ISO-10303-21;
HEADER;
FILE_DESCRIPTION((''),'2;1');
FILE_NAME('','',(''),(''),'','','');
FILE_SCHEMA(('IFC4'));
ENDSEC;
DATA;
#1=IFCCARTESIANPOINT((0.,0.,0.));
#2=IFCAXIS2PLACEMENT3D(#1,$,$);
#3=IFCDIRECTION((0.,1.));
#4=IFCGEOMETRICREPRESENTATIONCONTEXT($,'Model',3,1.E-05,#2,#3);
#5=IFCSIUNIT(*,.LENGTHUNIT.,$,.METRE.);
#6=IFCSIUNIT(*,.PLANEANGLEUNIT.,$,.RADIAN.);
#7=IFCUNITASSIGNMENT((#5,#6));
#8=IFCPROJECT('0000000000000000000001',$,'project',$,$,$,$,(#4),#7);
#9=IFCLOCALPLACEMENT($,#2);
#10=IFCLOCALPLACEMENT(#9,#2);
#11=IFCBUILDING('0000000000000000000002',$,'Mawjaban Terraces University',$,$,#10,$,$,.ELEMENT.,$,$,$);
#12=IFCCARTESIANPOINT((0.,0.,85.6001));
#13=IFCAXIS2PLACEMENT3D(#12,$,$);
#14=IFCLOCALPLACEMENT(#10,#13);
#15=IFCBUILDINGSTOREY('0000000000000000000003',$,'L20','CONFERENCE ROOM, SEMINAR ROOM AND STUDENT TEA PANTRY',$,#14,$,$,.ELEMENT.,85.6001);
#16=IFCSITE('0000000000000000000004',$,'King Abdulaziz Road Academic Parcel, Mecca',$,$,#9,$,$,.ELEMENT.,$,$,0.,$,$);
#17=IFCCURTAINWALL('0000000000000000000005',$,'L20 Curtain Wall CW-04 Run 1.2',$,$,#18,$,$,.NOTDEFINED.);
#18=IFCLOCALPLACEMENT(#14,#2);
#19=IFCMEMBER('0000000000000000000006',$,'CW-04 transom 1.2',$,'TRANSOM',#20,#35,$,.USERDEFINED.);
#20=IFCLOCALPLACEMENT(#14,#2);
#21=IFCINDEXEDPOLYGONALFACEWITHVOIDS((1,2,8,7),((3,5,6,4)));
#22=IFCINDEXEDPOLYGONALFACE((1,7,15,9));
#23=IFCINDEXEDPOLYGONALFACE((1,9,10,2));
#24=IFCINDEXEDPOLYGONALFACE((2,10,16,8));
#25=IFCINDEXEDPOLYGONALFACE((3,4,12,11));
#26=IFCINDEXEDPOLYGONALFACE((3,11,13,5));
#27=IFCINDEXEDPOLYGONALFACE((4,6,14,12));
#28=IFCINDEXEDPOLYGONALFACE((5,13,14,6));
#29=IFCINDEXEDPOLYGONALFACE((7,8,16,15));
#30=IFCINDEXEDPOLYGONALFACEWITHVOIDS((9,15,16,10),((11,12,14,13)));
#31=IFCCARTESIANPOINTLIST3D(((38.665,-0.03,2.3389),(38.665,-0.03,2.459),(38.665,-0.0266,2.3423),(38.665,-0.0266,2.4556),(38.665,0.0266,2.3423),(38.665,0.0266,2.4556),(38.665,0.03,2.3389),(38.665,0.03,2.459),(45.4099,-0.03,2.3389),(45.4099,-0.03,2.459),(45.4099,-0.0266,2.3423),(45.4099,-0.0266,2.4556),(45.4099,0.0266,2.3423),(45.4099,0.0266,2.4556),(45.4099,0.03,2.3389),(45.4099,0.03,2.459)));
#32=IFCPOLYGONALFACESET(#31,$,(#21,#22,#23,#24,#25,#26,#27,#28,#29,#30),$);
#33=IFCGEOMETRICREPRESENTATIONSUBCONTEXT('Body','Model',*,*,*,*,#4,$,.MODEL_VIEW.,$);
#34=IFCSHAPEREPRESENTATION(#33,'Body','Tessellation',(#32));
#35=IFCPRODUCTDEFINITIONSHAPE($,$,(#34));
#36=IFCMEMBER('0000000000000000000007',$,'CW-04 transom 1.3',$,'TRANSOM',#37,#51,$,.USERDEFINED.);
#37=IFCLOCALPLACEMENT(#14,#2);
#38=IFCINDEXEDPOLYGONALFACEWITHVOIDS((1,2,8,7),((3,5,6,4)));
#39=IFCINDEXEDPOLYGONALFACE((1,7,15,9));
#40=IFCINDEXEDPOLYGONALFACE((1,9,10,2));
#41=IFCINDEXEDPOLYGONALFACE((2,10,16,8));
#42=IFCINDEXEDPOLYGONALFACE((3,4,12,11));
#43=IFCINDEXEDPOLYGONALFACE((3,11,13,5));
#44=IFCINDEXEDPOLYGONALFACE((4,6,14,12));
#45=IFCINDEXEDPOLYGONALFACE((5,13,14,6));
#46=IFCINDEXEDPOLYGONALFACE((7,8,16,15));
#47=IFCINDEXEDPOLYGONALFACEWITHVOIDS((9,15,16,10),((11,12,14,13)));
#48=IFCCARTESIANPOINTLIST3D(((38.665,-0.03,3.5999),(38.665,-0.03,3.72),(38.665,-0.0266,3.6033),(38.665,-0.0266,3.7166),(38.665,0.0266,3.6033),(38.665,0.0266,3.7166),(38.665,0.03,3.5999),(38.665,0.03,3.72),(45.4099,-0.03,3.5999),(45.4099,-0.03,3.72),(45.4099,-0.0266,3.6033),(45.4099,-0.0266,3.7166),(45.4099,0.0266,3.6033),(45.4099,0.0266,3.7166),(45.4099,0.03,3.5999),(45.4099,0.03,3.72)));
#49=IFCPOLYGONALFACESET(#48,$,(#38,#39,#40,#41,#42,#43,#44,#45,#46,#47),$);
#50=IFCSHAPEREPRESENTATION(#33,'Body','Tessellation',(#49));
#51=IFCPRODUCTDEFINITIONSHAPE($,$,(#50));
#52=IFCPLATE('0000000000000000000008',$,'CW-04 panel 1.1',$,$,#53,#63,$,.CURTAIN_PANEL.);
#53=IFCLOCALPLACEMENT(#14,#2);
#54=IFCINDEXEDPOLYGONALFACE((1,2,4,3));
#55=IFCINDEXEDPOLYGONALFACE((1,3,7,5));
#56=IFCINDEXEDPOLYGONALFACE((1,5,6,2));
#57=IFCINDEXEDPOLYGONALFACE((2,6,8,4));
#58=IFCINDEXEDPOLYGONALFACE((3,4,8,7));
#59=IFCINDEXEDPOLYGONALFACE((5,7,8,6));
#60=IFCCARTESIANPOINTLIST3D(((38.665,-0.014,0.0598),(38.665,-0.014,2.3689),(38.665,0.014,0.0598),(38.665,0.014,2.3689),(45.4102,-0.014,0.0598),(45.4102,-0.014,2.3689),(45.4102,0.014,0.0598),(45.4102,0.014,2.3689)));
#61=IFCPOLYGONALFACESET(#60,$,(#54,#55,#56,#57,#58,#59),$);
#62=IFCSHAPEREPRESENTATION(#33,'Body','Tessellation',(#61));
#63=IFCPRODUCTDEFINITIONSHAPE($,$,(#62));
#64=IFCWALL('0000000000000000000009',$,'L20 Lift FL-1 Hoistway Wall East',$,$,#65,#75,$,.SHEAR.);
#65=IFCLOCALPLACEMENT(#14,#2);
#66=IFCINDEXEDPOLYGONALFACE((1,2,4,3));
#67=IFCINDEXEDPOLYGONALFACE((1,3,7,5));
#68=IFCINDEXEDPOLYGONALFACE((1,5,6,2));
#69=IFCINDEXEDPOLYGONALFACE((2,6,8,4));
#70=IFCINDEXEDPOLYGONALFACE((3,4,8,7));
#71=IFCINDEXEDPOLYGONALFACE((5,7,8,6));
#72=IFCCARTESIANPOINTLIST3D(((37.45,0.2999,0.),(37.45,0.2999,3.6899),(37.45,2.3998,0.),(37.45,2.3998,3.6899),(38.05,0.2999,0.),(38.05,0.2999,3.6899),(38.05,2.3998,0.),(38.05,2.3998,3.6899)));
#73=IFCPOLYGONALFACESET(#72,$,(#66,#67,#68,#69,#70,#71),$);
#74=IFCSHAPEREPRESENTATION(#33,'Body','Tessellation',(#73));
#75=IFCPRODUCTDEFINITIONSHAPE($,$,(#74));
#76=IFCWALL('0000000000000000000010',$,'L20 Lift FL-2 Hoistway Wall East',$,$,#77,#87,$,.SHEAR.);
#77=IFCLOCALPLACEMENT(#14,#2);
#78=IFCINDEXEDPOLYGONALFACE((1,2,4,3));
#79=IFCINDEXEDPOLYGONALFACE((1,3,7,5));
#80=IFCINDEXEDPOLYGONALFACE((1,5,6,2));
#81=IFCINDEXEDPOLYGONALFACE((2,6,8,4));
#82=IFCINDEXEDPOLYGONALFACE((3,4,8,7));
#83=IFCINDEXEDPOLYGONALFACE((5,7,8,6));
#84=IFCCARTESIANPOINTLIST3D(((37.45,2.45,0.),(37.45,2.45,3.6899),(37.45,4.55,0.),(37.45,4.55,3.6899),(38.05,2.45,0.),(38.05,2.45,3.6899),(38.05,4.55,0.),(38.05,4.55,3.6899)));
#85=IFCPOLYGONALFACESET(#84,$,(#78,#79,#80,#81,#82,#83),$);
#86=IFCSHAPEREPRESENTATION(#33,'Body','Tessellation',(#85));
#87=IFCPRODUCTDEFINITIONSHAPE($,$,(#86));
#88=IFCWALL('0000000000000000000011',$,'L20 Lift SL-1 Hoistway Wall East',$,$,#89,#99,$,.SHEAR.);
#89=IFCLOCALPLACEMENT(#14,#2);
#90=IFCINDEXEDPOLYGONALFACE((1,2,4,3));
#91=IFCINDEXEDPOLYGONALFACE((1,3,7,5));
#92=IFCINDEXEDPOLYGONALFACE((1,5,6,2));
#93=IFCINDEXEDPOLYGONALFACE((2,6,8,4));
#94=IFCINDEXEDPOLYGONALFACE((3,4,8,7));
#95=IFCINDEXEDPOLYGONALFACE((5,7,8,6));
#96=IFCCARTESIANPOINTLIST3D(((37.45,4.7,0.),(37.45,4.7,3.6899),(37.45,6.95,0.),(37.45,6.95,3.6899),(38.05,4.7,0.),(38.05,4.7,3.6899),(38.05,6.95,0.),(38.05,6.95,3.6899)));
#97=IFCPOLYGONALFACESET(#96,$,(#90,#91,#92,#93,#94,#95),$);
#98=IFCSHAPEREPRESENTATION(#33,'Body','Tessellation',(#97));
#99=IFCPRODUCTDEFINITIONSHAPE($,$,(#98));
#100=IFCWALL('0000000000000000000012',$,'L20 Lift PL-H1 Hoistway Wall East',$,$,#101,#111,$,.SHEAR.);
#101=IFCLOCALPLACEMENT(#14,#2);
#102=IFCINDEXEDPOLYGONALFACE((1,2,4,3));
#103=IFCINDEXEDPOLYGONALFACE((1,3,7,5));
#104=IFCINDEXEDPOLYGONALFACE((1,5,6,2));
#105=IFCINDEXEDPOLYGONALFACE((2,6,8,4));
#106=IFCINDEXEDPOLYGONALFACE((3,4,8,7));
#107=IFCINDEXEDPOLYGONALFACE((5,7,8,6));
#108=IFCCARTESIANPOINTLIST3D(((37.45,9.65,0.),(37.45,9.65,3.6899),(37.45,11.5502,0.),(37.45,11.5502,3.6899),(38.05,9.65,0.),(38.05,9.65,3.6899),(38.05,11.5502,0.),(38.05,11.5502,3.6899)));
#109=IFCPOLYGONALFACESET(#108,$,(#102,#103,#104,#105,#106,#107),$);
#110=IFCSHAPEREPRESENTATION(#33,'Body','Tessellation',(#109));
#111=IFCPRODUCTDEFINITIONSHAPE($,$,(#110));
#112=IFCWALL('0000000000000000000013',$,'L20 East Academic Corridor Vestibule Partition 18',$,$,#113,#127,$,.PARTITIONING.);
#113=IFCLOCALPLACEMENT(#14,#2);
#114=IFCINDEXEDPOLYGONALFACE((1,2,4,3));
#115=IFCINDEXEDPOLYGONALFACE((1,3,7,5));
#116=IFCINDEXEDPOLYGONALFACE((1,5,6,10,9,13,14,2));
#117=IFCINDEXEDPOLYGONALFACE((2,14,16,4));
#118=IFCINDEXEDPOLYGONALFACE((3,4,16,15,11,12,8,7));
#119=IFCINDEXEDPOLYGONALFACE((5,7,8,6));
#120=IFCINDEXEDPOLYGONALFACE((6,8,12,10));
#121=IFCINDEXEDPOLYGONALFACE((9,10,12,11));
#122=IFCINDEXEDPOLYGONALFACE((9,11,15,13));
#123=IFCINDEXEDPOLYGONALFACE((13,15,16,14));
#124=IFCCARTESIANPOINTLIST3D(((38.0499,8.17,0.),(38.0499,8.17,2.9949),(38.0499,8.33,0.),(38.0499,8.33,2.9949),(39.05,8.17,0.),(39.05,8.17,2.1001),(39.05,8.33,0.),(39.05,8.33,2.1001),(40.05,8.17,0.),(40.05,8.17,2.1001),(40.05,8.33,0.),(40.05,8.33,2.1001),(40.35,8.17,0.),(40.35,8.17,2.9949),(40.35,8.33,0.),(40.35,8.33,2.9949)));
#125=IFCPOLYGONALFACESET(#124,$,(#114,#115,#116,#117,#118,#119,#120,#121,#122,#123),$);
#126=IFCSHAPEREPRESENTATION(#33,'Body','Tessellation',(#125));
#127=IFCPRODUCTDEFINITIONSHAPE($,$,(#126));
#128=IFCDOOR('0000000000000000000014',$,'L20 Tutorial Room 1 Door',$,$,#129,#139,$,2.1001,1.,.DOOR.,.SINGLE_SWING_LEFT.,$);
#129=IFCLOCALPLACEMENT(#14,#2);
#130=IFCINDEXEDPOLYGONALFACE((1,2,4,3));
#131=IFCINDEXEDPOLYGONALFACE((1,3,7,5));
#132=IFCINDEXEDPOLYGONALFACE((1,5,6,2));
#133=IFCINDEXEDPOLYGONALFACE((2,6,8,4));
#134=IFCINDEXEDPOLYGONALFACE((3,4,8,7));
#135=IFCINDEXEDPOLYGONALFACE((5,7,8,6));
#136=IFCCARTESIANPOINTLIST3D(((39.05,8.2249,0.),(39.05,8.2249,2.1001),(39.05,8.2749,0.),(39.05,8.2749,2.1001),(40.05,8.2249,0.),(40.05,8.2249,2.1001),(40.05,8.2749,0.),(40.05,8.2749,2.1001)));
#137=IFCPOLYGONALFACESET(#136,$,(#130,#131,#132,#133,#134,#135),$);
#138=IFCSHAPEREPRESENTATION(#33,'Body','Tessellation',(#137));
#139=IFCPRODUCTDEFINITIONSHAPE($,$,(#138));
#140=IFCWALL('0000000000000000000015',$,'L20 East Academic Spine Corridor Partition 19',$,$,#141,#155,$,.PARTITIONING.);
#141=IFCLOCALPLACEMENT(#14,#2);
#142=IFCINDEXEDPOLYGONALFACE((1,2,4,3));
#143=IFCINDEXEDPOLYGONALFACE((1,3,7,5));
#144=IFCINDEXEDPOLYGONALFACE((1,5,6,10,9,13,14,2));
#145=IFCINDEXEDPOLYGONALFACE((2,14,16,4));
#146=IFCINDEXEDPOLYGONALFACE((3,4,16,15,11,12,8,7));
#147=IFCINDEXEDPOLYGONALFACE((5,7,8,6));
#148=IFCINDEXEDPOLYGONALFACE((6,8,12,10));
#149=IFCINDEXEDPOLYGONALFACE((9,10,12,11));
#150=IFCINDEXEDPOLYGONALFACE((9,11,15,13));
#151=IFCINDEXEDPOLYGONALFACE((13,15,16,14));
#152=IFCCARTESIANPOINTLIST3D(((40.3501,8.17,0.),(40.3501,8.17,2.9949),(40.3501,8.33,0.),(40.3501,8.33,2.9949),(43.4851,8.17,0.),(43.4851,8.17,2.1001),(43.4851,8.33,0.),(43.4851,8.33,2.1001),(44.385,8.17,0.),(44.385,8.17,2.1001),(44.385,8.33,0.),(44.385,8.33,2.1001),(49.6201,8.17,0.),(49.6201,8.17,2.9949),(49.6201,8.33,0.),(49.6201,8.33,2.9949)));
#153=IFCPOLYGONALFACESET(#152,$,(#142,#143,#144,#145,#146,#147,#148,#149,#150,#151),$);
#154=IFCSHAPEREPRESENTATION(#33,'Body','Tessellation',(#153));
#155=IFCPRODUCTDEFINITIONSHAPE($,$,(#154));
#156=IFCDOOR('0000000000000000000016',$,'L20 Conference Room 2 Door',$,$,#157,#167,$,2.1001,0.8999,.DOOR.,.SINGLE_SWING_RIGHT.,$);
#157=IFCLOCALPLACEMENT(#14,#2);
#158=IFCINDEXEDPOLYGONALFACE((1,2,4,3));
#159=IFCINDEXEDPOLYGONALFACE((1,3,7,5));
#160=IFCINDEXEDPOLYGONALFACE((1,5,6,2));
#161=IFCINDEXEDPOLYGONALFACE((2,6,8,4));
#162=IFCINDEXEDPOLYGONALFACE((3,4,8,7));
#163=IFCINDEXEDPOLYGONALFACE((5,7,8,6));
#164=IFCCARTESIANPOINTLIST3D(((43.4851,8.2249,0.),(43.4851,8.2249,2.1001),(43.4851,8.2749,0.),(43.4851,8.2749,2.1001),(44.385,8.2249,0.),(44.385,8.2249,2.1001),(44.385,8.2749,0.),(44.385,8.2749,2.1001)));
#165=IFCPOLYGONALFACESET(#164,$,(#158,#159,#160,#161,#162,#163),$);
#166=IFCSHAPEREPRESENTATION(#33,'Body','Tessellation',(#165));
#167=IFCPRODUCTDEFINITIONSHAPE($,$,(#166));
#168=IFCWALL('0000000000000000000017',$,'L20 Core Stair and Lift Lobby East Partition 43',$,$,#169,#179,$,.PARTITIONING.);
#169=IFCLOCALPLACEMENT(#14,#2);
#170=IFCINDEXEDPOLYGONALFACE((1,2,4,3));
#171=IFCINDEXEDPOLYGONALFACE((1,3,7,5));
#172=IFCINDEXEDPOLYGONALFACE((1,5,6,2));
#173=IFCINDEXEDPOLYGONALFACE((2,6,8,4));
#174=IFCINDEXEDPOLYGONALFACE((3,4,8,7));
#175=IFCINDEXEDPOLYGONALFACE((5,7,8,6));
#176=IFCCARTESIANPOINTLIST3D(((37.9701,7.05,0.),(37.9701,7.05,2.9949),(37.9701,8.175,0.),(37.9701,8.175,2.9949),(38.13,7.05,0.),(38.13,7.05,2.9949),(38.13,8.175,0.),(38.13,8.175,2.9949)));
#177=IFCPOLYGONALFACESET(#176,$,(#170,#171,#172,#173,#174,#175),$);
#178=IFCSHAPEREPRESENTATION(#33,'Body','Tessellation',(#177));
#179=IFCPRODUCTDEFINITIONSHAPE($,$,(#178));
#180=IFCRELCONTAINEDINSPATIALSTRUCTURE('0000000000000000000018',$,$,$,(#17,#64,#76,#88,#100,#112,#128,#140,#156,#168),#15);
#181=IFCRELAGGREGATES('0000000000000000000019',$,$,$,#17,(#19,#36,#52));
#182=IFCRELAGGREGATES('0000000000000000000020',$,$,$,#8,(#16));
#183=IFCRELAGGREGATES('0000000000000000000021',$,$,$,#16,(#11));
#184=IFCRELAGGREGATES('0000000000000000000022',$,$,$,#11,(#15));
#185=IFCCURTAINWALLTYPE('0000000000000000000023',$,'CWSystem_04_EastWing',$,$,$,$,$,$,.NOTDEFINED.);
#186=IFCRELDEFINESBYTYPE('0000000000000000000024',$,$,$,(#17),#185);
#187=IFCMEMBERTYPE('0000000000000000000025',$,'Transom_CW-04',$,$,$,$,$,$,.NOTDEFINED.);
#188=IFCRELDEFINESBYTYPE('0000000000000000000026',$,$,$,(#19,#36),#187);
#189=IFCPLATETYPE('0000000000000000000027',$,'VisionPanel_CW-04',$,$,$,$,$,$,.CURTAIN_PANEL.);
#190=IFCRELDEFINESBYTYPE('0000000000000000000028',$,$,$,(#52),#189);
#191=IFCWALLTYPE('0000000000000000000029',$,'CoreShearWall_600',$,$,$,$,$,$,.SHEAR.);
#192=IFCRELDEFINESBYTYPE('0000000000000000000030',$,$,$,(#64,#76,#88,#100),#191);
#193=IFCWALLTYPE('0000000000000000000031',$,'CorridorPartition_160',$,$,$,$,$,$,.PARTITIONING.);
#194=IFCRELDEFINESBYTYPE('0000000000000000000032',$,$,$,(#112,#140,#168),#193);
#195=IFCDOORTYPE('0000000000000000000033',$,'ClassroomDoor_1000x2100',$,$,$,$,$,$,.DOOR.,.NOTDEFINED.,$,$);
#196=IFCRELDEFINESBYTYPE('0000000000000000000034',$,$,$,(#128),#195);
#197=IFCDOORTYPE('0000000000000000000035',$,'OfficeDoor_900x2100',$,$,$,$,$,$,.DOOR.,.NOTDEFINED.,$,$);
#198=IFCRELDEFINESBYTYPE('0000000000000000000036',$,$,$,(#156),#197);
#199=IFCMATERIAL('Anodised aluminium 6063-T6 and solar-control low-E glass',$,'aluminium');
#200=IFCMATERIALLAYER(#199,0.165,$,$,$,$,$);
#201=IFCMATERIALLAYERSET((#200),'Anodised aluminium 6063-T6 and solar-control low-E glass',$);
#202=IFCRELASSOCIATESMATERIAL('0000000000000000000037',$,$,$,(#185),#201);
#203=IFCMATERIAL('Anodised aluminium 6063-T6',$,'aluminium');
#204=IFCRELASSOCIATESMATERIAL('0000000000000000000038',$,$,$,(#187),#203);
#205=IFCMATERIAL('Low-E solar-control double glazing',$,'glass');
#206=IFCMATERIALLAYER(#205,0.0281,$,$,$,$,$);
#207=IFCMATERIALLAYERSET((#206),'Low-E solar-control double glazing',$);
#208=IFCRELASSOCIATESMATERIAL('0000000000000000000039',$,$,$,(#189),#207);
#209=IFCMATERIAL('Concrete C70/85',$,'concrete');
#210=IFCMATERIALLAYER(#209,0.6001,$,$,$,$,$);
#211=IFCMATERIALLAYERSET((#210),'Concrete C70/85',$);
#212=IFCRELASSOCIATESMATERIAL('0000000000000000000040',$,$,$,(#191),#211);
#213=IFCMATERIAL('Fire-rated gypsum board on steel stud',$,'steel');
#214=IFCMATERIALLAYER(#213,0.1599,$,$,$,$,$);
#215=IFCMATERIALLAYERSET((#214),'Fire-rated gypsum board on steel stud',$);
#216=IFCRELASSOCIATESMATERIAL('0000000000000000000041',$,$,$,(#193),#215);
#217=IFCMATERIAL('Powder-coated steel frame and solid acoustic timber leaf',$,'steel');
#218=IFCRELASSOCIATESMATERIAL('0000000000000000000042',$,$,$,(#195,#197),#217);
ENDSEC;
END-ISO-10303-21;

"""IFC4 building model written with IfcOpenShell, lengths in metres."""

from ifc_helpers import new_model, si_unit, direction, frame, frame_2d, origin, origin_2d, place, context, subcontext, project, spatial, rectangle, hollow_rectangle, extrude, material, layer, layer_set, material_profile, profile_set, type_object, element, fill, aggregate, save


model = new_model("IFC4")

# Units and contexts
model_context = context("Model", 3, precision=1e-05, world=origin(), true_north=direction((0.0, 1.0)))
body_context = subcontext(model_context, "Body", "Model", "MODEL_VIEW")
ifc_project = project(units=[si_unit("LENGTHUNIT", "METRE"), si_unit("PLANEANGLEUNIT", "RADIAN")], contexts=[model_context])

# Site, building, storey
site_placement = place(None, origin())
site = spatial("IfcSite", under=ifc_project, at=site_placement, Name="King Abdulaziz Road Academic Parcel, Mecca", CompositionType="ELEMENT", RefElevation=0.0)
building_placement = place(site_placement, origin())
building = spatial("IfcBuilding", under=site, at=building_placement, Name="Mawjaban Terraces University", CompositionType="ELEMENT")
storey_placement = place(building_placement, frame((0.0, 0.0, 85.6001)))
storey = spatial("IfcBuildingStorey", under=building, at=storey_placement, Name="L20", Description="CONFERENCE ROOM, SEMINAR ROOM AND STUDENT TEA PANTRY", CompositionType="ELEMENT", Elevation=85.6001)

# Shared definitions
ifc_material_1 = material(Name="Concrete C70/85", Category="concrete")

# Curtain wall, members, plate
ifc_material_2 = material(Name="Anodised aluminium 6063-T6 and solar-control low-E glass", Category="aluminium")
ifc_layer_1 = layer(ifc_material_2, 0.165)
ifc_layer_set_1 = layer_set([ifc_layer_1], Name="Anodised aluminium 6063-T6 and solar-control low-E glass")
curtain_wall_type = type_object("IfcCurtainWallType", Name="CWSystem_04_EastWing", PredefinedType="NOTDEFINED", material=ifc_layer_set_1)
curtain_wall_placement = place(storey_placement, origin())
curtain_wall = element("IfcCurtainWall", 1, at=curtain_wall_placement, inside=storey, type_object=curtain_wall_type, Name="L20 Curtain Wall CW-04 Run 1.2", PredefinedType="NOTDEFINED")
ifc_material_3 = material(Name="Anodised aluminium 6063-T6", Category="aluminium")
ifc_material_profile_1 = material_profile(ifc_material_3, hollow_rectangle(XDim=0.0601, YDim=0.1201, WallThickness=0.0034, at=origin_2d()), Name="ALU120X60X3.5")
ifc_profile_set_1 = profile_set([ifc_material_profile_1], Name="Anodised aluminium 6063-T6")
member_type_1 = type_object("IfcMemberType", Name="Transom_CW-04", PredefinedType="NOTDEFINED", material=ifc_profile_set_1)
member_1_placement = place(storey_placement, frame((38.665, 0.0, 2.3989), z_axis=(1.0, 0.0, 0.0), x_axis=(0.0, 1.0, 0.0)))
member_1 = element("IfcMember", 2, at=member_1_placement, type_object=member_type_1, Name="CW-04 transom 1.2", ObjectType="TRANSOM", PredefinedType="USERDEFINED", context=body_context, shape_type="SweptSolid", body=[
    extrude(hollow_rectangle(XDim=0.0601, YDim=0.1201, WallThickness=0.0034, at=origin_2d()), origin(), (0.0, 0.0, 1.0), 6.7449),
])
member_2_placement = place(storey_placement, frame((38.665, 0.0, 3.6599), z_axis=(1.0, 0.0, 0.0), x_axis=(0.0, 1.0, 0.0)))
member_2 = element("IfcMember", 3, at=member_2_placement, type_object=member_type_1, Name="CW-04 transom 1.3", ObjectType="TRANSOM", PredefinedType="USERDEFINED", context=body_context, shape_type="SweptSolid", body=[
    extrude(hollow_rectangle(XDim=0.0601, YDim=0.1201, WallThickness=0.0034, at=origin_2d()), origin(), (0.0, 0.0, 1.0), 6.7449),
])
ifc_material_4 = material(Name="Low-E solar-control double glazing", Category="glass")
ifc_layer_2 = layer(ifc_material_4, 0.0281)
ifc_layer_set_2 = layer_set([ifc_layer_2], Name="Low-E solar-control double glazing")
plate_type = type_object("IfcPlateType", Name="VisionPanel_CW-04", PredefinedType="CURTAIN_PANEL", material=ifc_layer_set_2)
plate_placement = place(storey_placement, frame((42.0376, 0.0, 0.0598), z_axis=(0.0, 0.0, 1.0), x_axis=(1.0, 0.0, 0.0)))
plate = element("IfcPlate", 4, at=plate_placement, type_object=plate_type, Name="CW-04 panel 1.1", PredefinedType="CURTAIN_PANEL", context=body_context, shape_type="SweptSolid", body=[
    extrude(rectangle(XDim=6.7451, YDim=0.0281, at=origin_2d()), origin(), (0.0, 0.0, 1.0), 2.3091),
])
aggregate(curtain_wall, [member_1, member_2, plate])

# Walls
ifc_layer_3 = layer(ifc_material_1, 0.6001)
ifc_layer_set_3 = layer_set([ifc_layer_3], Name="Concrete C70/85")
wall_type_1 = type_object("IfcWallType", Name="CoreShearWall_600", PredefinedType="SHEAR", material=ifc_layer_set_3)
wall_1_placement = place(storey_placement, frame((37.75, 0.3, 0.0), z_axis=(0.0, 0.0, 1.0), x_axis=(0.0, 1.0, 0.0)))
element("IfcWall", 5, at=wall_1_placement, inside=storey, type_object=wall_type_1, Name="L20 Lift FL-1 Hoistway Wall East", PredefinedType="SHEAR", context=body_context, shape_type="SweptSolid", body=[
    extrude(rectangle(XDim=2.0999, YDim=0.6001, at=frame_2d((1.0498, 0.0))), origin(), (0.0, 0.0, 1.0), 3.6899),
])
wall_2_placement = place(storey_placement, frame((37.75, 2.45, 0.0), z_axis=(0.0, 0.0, 1.0), x_axis=(0.0, 1.0, 0.0)))
element("IfcWall", 6, at=wall_2_placement, inside=storey, type_object=wall_type_1, Name="L20 Lift FL-2 Hoistway Wall East", PredefinedType="SHEAR", context=body_context, shape_type="SweptSolid", body=[
    extrude(rectangle(XDim=2.1001, YDim=0.6001, at=frame_2d((1.05, 0.0))), origin(), (0.0, 0.0, 1.0), 3.6899),
])
wall_3_placement = place(storey_placement, frame((37.75, 4.7, 0.0), z_axis=(0.0, 0.0, 1.0), x_axis=(0.0, 1.0, 0.0)))
element("IfcWall", 7, at=wall_3_placement, inside=storey, type_object=wall_type_1, Name="L20 Lift SL-1 Hoistway Wall East", PredefinedType="SHEAR", context=body_context, shape_type="SweptSolid", body=[
    extrude(rectangle(XDim=2.25, YDim=0.6001, at=frame_2d((1.125, 0.0))), origin(), (0.0, 0.0, 1.0), 3.6899),
])
wall_4_placement = place(storey_placement, frame((37.75, 9.6499, 0.0), z_axis=(0.0, 0.0, 1.0), x_axis=(0.0, 1.0, 0.0)))
element("IfcWall", 8, at=wall_4_placement, inside=storey, type_object=wall_type_1, Name="L20 Lift PL-H1 Hoistway Wall East", PredefinedType="SHEAR", context=body_context, shape_type="SweptSolid", body=[
    extrude(rectangle(XDim=1.9001, YDim=0.6001, at=frame_2d((0.9502, 0.0))), origin(), (0.0, 0.0, 1.0), 3.6899),
])

# Walls, openings, doors
ifc_material_5 = material(Name="Fire-rated gypsum board on steel stud", Category="steel")
ifc_layer_4 = layer(ifc_material_5, 0.1599)
ifc_layer_set_4 = layer_set([ifc_layer_4], Name="Fire-rated gypsum board on steel stud")
wall_type_2 = type_object("IfcWallType", Name="CorridorPartition_160", PredefinedType="PARTITIONING", material=ifc_layer_set_4)
wall_5_placement = place(storey_placement, frame((38.05, 8.25, 0.0), z_axis=(0.0, 0.0, 1.0), x_axis=(1.0, 0.0, 0.0)))
wall_5 = element("IfcWall", 9, at=wall_5_placement, inside=storey, type_object=wall_type_2, Name="L20 East Academic Corridor Vestibule Partition 18", PredefinedType="PARTITIONING", context=body_context, shape_type="SweptSolid", body=[
    extrude(rectangle(XDim=2.3, YDim=0.1599, at=frame_2d((1.1499, 0.0))), origin(), (0.0, 0.0, 1.0), 2.9949),
])
opening_1_placement = place(wall_5_placement, frame((1.0, 0.0, 0.0)))
opening_1 = element("IfcOpeningElement", 10, at=opening_1_placement, cuts=wall_5, PredefinedType="OPENING", context=body_context, shape_type="SweptSolid", body=[
    extrude(rectangle(XDim=1.0, YDim=2.1001, at=frame_2d((0.5, 1.05))), frame((0.0, 0.0898, 0.0), z_axis=(0.0, -1.0, 0.0), x_axis=(1.0, 0.0, 0.0)), (0.0, 0.0, 1.0), 0.1799),
])
ifc_material_6 = material(Name="Powder-coated steel frame and solid acoustic timber leaf", Category="steel")
door_type_1 = type_object("IfcDoorType", Name="ClassroomDoor_1000x2100", OperationType="NOTDEFINED", PredefinedType="DOOR", material=ifc_material_6)
door_1_placement = place(opening_1_placement, origin())
door_1 = element("IfcDoor", 11, at=door_1_placement, inside=storey, type_object=door_type_1, Name="L20 Tutorial Room 1 Door", OperationType="SINGLE_SWING_LEFT", OverallHeight=2.1001, OverallWidth=1.0, PredefinedType="DOOR", context=body_context, shape_type="SweptSolid", body=[
    extrude(rectangle(XDim=1.0, YDim=2.1001, at=frame_2d((0.5, 1.05))), frame((0.0, 0.0249, 0.0), z_axis=(0.0, -1.0, 0.0), x_axis=(1.0, 0.0, 0.0)), (0.0, 0.0, 1.0), 0.05),
])
fill(opening_1, door_1)
wall_6_placement = place(storey_placement, frame((40.3501, 8.25, 0.0), z_axis=(0.0, 0.0, 1.0), x_axis=(1.0, 0.0, 0.0)))
wall_6 = element("IfcWall", 12, at=wall_6_placement, inside=storey, type_object=wall_type_2, Name="L20 East Academic Spine Corridor Partition 19", PredefinedType="PARTITIONING", context=body_context, shape_type="SweptSolid", body=[
    extrude(rectangle(XDim=9.27, YDim=0.1599, at=frame_2d((4.635, 0.0))), origin(), (0.0, 0.0, 1.0), 2.9949),
])
opening_2_placement = place(wall_6_placement, frame((3.135, 0.0, 0.0)))
opening_2 = element("IfcOpeningElement", 13, at=opening_2_placement, cuts=wall_6, PredefinedType="OPENING", context=body_context, shape_type="SweptSolid", body=[
    extrude(rectangle(XDim=0.8999, YDim=2.1001, at=frame_2d((0.45, 1.05))), frame((0.0, 0.0898, 0.0), z_axis=(0.0, -1.0, 0.0), x_axis=(1.0, 0.0, 0.0)), (0.0, 0.0, 1.0), 0.1799),
])
door_type_2 = type_object("IfcDoorType", Name="OfficeDoor_900x2100", OperationType="NOTDEFINED", PredefinedType="DOOR", material=ifc_material_6)
door_2_placement = place(opening_2_placement, origin())
door_2 = element("IfcDoor", 14, at=door_2_placement, inside=storey, type_object=door_type_2, Name="L20 Conference Room 2 Door", OperationType="SINGLE_SWING_RIGHT", OverallHeight=2.1001, OverallWidth=0.8999, PredefinedType="DOOR", context=body_context, shape_type="SweptSolid", body=[
    extrude(rectangle(XDim=0.8999, YDim=2.1001, at=frame_2d((0.45, 1.05))), frame((0.0, 0.0249, 0.0), z_axis=(0.0, -1.0, 0.0), x_axis=(1.0, 0.0, 0.0)), (0.0, 0.0, 1.0), 0.05),
])
fill(opening_2, door_2)

# Wall
wall_7_placement = place(storey_placement, frame((38.05, 7.05, 0.0), z_axis=(0.0, 0.0, 1.0), x_axis=(0.0, 1.0, 0.0)))
element("IfcWall", 15, at=wall_7_placement, inside=storey, type_object=wall_type_2, Name="L20 Core Stair and Lift Lobby East Partition 43", PredefinedType="PARTITIONING", context=body_context, shape_type="SweptSolid", body=[
    extrude(rectangle(XDim=1.125, YDim=0.1599, at=frame_2d((0.5625, 0.0))), origin(), (0.0, 0.0, 1.0), 2.9949),
])

save(model, "model.ifc")
